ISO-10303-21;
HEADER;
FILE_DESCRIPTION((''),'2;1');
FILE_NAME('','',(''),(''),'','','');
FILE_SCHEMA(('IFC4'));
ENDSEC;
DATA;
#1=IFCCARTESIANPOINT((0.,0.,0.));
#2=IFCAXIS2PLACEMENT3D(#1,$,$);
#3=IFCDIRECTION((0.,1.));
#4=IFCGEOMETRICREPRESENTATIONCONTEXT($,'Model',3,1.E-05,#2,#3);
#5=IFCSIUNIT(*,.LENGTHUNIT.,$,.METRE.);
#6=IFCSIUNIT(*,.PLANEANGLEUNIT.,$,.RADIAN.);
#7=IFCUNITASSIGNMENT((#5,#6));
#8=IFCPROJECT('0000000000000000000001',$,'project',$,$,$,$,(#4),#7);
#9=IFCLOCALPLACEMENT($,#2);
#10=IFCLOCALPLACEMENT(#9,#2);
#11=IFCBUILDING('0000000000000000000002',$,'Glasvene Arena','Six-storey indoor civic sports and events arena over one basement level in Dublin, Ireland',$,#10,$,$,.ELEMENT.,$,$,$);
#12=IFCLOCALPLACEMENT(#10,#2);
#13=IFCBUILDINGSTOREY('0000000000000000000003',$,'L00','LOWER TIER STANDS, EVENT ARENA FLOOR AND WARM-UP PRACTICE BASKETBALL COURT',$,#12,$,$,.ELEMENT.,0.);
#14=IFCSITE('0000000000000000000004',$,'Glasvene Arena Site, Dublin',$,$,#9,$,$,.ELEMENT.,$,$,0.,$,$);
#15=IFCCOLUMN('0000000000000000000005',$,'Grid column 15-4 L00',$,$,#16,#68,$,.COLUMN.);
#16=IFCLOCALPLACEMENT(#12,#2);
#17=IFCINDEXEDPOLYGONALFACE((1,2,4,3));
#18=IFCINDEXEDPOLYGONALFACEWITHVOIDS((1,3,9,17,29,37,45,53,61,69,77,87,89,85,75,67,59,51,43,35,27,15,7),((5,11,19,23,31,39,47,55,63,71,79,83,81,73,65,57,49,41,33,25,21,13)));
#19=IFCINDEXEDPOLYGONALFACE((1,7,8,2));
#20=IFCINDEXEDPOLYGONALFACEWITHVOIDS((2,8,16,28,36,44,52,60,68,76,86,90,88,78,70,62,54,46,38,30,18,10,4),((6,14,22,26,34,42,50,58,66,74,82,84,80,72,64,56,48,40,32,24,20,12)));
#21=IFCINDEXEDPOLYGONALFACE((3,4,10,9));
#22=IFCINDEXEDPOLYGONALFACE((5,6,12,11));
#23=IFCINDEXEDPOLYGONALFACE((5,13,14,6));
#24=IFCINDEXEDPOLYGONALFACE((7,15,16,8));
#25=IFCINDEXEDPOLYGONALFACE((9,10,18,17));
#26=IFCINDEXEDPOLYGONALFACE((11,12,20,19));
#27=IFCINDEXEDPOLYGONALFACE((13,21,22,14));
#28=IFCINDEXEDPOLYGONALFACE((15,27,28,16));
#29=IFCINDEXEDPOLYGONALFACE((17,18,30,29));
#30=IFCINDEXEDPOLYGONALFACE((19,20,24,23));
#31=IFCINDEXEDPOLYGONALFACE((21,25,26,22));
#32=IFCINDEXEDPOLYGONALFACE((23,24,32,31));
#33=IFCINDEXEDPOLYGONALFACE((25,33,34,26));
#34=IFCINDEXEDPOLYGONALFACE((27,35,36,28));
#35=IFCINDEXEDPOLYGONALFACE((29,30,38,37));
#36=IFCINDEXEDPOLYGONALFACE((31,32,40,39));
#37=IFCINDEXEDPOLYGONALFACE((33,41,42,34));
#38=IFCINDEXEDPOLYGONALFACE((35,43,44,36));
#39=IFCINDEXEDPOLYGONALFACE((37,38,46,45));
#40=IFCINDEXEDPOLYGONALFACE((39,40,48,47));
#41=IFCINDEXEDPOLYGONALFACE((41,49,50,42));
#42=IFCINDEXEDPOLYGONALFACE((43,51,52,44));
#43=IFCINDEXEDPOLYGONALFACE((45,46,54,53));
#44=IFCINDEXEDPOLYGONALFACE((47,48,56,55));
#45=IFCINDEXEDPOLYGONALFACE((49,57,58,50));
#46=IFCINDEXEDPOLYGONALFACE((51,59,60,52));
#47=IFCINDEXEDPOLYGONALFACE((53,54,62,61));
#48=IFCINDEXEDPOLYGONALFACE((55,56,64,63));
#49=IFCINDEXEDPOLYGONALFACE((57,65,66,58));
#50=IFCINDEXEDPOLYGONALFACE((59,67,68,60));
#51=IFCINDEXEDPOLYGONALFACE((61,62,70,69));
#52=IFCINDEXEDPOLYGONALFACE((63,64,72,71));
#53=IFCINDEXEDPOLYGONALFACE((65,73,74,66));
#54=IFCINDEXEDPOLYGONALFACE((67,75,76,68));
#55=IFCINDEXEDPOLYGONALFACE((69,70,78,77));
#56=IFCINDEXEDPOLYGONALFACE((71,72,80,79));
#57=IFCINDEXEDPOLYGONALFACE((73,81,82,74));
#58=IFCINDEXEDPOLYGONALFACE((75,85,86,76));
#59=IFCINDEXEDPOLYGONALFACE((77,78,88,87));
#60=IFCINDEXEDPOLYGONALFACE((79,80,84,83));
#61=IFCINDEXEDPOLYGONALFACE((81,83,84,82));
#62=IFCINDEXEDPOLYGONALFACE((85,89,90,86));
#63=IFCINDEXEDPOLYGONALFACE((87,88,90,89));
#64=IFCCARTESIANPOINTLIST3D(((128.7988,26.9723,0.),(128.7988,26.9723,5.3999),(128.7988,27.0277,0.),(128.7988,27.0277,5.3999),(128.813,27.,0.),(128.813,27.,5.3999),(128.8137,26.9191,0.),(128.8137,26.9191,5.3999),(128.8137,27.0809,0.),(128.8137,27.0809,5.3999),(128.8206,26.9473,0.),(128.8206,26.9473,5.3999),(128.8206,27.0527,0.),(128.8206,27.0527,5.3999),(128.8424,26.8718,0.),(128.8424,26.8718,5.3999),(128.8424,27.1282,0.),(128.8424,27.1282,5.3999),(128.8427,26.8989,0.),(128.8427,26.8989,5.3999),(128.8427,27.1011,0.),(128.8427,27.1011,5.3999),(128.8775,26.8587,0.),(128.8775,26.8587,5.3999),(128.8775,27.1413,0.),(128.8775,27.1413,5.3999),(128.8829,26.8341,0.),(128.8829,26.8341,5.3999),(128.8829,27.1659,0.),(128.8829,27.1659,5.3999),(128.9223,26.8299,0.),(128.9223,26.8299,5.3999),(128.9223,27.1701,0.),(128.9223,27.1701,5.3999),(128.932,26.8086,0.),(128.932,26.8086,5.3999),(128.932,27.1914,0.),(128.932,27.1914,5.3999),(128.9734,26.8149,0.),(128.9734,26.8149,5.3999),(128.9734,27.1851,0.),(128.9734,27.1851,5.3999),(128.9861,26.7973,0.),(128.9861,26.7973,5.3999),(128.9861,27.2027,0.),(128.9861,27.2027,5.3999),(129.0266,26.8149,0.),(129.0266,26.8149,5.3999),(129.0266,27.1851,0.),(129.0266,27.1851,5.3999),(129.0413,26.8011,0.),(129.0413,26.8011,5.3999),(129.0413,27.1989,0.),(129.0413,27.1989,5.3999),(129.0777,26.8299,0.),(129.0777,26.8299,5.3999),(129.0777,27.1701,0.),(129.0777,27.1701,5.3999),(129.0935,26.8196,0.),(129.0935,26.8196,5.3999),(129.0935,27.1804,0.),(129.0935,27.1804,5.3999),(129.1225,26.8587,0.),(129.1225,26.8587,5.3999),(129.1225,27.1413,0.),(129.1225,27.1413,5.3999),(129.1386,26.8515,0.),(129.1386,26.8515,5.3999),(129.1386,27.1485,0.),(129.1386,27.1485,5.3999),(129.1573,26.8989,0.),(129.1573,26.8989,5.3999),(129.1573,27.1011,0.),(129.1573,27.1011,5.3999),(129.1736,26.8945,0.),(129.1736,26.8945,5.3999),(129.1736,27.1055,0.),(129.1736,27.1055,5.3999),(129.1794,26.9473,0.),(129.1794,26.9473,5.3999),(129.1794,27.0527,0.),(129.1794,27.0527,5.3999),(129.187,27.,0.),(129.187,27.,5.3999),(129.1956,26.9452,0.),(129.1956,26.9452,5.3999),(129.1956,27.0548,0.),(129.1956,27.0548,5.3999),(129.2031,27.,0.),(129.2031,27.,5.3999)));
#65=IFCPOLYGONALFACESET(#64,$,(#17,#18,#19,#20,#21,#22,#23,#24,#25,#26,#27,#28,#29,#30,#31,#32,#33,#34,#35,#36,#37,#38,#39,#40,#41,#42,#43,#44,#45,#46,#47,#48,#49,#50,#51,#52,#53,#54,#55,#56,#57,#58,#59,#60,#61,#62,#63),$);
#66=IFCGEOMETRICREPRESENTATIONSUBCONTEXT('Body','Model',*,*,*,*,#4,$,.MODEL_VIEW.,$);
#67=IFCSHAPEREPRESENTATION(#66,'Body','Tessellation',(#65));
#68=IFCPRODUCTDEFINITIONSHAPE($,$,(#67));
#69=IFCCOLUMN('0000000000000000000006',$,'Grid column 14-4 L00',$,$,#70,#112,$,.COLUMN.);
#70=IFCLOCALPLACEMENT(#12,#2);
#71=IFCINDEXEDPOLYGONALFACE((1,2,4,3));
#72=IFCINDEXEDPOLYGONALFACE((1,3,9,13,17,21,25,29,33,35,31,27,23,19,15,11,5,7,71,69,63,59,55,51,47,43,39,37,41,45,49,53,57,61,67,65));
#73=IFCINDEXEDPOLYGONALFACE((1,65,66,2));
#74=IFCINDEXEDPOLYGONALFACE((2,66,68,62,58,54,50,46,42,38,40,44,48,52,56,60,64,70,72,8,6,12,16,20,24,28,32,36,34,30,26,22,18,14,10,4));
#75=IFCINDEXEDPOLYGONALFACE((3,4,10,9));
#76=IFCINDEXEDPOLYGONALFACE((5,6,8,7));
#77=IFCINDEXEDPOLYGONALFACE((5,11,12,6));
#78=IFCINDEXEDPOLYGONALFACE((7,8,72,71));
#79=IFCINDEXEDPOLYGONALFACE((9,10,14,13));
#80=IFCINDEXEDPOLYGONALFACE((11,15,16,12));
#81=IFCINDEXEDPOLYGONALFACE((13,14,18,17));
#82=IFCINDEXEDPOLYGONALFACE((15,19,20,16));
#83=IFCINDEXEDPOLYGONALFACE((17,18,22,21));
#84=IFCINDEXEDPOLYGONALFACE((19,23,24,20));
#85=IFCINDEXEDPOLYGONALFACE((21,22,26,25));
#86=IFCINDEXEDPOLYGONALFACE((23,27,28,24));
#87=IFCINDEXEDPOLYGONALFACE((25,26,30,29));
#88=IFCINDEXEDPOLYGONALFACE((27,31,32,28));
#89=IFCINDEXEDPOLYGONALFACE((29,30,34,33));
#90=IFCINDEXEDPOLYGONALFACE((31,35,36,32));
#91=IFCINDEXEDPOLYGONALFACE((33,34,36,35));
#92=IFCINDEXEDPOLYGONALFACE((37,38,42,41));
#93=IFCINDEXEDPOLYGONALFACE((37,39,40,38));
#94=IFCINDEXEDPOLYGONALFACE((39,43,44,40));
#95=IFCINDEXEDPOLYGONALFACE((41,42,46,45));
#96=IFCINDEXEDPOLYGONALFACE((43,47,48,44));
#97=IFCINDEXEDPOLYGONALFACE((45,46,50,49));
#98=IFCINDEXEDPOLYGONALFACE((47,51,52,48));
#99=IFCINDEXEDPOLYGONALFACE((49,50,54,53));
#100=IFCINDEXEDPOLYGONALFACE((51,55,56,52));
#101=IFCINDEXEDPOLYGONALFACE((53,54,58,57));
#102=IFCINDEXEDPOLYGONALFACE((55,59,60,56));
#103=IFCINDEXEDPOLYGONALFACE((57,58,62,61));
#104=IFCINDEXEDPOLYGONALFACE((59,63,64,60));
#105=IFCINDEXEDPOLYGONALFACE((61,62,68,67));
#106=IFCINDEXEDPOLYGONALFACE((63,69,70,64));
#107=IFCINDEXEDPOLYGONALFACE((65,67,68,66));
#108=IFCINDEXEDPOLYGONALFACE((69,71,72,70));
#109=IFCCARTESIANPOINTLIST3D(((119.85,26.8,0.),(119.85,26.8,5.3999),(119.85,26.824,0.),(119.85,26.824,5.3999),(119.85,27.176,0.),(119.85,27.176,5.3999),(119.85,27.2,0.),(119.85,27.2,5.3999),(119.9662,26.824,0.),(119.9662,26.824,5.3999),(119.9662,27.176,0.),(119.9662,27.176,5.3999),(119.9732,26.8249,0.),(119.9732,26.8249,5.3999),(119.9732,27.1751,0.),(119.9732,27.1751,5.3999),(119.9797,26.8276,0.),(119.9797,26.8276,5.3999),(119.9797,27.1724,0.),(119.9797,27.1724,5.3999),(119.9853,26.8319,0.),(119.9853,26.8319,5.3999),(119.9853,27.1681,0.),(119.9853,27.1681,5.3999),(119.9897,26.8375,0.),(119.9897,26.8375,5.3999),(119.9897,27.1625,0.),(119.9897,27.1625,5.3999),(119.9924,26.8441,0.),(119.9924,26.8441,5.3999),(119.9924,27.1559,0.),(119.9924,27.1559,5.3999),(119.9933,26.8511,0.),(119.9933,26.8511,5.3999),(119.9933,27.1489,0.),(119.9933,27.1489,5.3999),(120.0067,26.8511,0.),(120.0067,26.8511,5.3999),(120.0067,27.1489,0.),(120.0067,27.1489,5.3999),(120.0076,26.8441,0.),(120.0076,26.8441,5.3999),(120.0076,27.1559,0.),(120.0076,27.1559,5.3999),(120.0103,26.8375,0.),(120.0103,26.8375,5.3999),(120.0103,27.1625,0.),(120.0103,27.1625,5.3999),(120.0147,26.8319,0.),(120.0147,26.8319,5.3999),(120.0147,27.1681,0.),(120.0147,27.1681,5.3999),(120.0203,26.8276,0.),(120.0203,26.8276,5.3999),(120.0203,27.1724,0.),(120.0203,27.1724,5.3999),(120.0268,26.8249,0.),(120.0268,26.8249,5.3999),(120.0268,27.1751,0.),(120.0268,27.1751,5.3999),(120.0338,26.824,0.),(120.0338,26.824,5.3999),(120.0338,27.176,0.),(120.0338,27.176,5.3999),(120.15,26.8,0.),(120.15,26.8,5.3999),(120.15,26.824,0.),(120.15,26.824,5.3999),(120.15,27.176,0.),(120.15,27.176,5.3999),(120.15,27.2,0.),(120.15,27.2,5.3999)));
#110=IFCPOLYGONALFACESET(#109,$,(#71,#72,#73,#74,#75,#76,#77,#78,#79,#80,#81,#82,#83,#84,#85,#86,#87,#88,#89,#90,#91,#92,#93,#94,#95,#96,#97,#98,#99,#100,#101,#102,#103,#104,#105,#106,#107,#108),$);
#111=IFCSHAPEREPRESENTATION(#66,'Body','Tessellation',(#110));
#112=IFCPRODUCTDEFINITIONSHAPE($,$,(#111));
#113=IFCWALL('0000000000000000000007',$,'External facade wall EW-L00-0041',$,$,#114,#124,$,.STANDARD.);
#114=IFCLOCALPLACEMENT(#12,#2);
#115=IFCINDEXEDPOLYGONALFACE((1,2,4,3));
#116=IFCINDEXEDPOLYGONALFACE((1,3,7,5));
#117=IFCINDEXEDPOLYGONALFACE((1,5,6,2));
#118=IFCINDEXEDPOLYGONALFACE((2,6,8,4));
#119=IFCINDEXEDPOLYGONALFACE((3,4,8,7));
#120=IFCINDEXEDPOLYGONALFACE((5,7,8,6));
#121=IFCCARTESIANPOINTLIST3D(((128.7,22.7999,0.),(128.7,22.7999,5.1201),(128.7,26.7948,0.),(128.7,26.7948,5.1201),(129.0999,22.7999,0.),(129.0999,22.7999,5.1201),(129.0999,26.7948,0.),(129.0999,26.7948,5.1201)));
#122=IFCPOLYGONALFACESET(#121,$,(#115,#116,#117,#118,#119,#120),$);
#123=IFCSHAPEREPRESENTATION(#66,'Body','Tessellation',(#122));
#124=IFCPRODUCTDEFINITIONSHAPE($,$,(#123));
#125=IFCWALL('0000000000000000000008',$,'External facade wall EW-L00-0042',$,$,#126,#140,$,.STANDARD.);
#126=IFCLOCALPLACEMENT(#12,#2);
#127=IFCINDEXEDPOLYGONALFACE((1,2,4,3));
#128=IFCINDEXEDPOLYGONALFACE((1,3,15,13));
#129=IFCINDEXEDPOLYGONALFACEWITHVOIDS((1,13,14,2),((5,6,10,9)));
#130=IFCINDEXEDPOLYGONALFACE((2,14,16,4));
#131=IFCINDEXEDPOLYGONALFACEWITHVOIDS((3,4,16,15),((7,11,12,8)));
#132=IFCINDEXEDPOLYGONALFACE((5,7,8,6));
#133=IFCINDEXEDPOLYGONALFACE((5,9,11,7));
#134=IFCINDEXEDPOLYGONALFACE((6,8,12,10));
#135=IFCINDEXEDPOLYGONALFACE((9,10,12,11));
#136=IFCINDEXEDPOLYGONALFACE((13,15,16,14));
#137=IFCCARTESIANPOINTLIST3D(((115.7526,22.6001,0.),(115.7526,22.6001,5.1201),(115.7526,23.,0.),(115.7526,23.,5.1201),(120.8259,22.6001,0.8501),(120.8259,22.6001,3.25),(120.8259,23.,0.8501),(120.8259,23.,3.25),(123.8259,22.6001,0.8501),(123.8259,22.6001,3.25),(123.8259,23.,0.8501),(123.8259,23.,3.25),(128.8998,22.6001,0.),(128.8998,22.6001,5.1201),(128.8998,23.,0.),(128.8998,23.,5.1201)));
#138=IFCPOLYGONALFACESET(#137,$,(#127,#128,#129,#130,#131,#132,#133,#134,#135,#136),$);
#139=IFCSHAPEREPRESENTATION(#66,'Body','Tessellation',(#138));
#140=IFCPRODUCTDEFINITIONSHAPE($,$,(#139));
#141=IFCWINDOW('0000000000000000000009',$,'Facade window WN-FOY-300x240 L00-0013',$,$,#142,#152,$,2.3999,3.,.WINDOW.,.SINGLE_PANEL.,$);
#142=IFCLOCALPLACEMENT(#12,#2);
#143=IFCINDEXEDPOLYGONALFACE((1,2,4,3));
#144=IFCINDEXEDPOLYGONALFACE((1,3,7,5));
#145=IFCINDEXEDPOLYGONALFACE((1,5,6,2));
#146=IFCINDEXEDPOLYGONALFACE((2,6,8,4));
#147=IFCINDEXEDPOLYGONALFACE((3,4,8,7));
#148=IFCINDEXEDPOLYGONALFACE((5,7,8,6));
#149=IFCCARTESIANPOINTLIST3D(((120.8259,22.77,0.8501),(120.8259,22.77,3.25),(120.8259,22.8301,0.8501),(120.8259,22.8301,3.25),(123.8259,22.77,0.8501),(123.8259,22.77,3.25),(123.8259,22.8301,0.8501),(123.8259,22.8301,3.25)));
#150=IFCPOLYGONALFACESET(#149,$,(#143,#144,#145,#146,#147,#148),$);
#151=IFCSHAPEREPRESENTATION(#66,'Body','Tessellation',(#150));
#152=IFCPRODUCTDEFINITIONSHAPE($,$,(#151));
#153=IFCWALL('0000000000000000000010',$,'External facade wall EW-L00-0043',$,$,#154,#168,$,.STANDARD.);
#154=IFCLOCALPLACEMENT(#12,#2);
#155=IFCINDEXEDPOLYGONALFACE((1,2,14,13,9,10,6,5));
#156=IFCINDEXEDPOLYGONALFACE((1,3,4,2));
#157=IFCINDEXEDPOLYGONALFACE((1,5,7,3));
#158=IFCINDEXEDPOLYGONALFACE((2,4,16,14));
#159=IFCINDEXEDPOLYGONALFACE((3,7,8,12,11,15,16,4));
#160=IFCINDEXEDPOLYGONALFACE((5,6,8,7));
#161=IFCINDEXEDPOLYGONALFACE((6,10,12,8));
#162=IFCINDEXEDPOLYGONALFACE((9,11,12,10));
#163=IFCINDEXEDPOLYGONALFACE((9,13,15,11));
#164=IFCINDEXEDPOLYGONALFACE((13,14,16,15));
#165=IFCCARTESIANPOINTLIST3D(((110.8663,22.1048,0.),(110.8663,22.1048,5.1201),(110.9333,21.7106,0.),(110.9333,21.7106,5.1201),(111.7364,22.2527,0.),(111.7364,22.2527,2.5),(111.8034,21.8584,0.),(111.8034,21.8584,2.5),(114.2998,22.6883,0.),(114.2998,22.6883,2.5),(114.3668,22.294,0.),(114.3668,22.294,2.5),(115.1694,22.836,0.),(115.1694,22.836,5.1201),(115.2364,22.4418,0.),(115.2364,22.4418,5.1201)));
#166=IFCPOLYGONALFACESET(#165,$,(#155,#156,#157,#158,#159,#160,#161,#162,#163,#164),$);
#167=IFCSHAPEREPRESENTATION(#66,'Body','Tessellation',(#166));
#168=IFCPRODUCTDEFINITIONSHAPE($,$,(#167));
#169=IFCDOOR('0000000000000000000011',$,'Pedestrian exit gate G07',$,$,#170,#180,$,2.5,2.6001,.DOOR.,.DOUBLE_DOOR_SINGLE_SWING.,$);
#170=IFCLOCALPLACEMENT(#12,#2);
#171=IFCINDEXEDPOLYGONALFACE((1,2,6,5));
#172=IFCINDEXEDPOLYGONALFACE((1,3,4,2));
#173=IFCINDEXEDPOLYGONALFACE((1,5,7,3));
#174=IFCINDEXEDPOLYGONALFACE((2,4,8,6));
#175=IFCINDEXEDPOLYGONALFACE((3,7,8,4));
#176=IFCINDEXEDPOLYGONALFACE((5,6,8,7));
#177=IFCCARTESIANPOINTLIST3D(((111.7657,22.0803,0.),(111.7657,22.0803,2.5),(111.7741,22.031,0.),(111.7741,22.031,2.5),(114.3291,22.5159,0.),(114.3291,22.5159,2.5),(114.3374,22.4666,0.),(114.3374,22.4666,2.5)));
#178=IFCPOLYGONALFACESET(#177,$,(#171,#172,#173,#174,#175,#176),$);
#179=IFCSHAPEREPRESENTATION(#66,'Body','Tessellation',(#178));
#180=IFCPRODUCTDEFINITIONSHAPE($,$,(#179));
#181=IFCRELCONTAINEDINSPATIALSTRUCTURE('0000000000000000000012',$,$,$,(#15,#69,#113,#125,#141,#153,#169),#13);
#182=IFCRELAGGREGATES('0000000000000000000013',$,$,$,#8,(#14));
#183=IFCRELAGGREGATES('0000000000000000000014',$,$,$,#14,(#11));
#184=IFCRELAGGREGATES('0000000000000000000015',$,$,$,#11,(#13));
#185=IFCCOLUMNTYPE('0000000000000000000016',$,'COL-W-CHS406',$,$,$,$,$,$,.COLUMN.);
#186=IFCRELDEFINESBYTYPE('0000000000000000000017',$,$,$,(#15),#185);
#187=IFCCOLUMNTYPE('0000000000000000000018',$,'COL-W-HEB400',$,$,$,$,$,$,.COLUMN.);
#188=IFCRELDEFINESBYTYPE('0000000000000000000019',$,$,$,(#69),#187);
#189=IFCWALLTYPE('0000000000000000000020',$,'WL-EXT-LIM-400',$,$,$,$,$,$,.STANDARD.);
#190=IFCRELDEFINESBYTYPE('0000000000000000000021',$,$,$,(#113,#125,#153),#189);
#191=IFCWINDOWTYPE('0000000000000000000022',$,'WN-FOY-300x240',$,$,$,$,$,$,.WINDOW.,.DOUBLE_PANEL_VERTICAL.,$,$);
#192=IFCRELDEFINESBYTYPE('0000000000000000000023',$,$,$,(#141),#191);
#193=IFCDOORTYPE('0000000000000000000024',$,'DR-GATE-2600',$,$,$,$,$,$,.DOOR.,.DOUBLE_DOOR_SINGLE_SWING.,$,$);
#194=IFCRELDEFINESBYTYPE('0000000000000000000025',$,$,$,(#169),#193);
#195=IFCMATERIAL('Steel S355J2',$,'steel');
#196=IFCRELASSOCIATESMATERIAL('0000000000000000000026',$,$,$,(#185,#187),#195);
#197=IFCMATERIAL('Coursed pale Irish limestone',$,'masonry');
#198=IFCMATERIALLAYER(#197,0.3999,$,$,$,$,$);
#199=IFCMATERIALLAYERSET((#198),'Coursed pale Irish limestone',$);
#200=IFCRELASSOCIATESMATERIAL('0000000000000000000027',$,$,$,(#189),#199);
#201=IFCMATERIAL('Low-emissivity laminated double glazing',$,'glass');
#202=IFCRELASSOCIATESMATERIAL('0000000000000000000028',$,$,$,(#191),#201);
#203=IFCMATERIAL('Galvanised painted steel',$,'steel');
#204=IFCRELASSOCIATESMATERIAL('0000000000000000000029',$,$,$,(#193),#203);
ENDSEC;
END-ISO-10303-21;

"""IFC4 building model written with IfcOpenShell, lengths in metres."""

from ifc_helpers import new_model, si_unit, direction, frame, frame_2d, origin, origin_2d, place, context, subcontext, project, spatial, rectangle, hollow_circle, i_section, extrude, material, layer, layer_set, material_profile, profile_set, type_object, element, fill, save


model = new_model("IFC4")

# Units and contexts
model_context = context("Model", 3, precision=1e-05, world=origin(), true_north=direction((0.0, 1.0)))
body_context = subcontext(model_context, "Body", "Model", "MODEL_VIEW")
ifc_project = project(units=[si_unit("LENGTHUNIT", "METRE"), si_unit("PLANEANGLEUNIT", "RADIAN")], contexts=[model_context])

# Site, building, storey
site_placement = place(None, origin())
site = spatial("IfcSite", under=ifc_project, at=site_placement, Name="Glasvene Arena Site, Dublin", CompositionType="ELEMENT", RefElevation=0.0)
building_placement = place(site_placement, origin())
building = spatial("IfcBuilding", under=site, at=building_placement, Name="Glasvene Arena", Description="Six-storey indoor civic sports and events arena over one basement level in Dublin, Ireland", CompositionType="ELEMENT")
storey_placement = place(building_placement, origin())
storey = spatial("IfcBuildingStorey", under=building, at=storey_placement, Name="L00", Description="LOWER TIER STANDS, EVENT ARENA FLOOR AND WARM-UP PRACTICE BASKETBALL COURT", CompositionType="ELEMENT", Elevation=0.0)

# Columns
ifc_material_1 = material(Name="Steel S355J2", Category="steel")
ifc_material_profile_1 = material_profile(ifc_material_1, hollow_circle(Radius=0.2031, WallThickness=0.0161, at=origin_2d()), Name="CHS 406.4x16.0")
ifc_profile_set_1 = profile_set([ifc_material_profile_1], Name="Steel S355J2")
column_type_1 = type_object("IfcColumnType", Name="COL-W-CHS406", PredefinedType="COLUMN", material=ifc_profile_set_1)
column_1_placement = place(storey_placement, frame((129.0, 27.0, 0.0), z_axis=(0.0, 0.0, 1.0), x_axis=(1.0, 0.0, 0.0)))
element("IfcColumn", 1, at=column_1_placement, inside=storey, type_object=column_type_1, Name="Grid column 15-4 L00", PredefinedType="COLUMN", context=body_context, shape_type="SweptSolid", body=[
    extrude(hollow_circle(Radius=0.2031, WallThickness=0.0161, at=origin_2d()), origin(), (0.0, 0.0, 1.0), 5.3999),
])
ifc_material_profile_2 = material_profile(ifc_material_1, i_section(OverallWidth=0.3, OverallDepth=0.3999, WebThickness=0.0134, FlangeThickness=0.0239, FilletRadius=0.0271, at=origin_2d()), Name="HEB 400")
ifc_profile_set_2 = profile_set([ifc_material_profile_2], Name="Steel S355J2")
column_type_2 = type_object("IfcColumnType", Name="COL-W-HEB400", PredefinedType="COLUMN", material=ifc_profile_set_2)
column_2_placement = place(storey_placement, frame((120.0, 27.0, 0.0), z_axis=(0.0, 0.0, 1.0), x_axis=(1.0, 0.0, 0.0)))
element("IfcColumn", 2, at=column_2_placement, inside=storey, type_object=column_type_2, Name="Grid column 14-4 L00", PredefinedType="COLUMN", context=body_context, shape_type="SweptSolid", body=[
    extrude(i_section(OverallWidth=0.3, OverallDepth=0.3999, WebThickness=0.0134, FlangeThickness=0.0239, FilletRadius=0.0271, at=origin_2d()), origin(), (0.0, 0.0, 1.0), 5.3999),
])

# Wall
ifc_material_2 = material(Name="Coursed pale Irish limestone", Category="masonry")
ifc_layer_1 = layer(ifc_material_2, 0.3999)
ifc_layer_set_1 = layer_set([ifc_layer_1], Name="Coursed pale Irish limestone")
wall_type_1 = type_object("IfcWallType", Name="WL-EXT-LIM-400", PredefinedType="STANDARD", material=ifc_layer_set_1)
wall_1_placement = place(storey_placement, frame((128.8999, 26.7949, 0.0), z_axis=(0.0, 0.0, 1.0), x_axis=(0.0, -1.0, 0.0)))
element("IfcWall", 3, at=wall_1_placement, inside=storey, type_object=wall_type_1, Name="External facade wall EW-L00-0041", PredefinedType="STANDARD", context=body_context, shape_type="SweptSolid", body=[
    extrude(rectangle(XDim=3.9949, YDim=0.3999, at=frame_2d((1.9976, 0.0))), origin(), (0.0, 0.0, 1.0), 5.1201),
])

# Wall, opening, window
wall_2_placement = place(storey_placement, frame((128.8999, 22.8, 0.0), z_axis=(0.0, 0.0, 1.0), x_axis=(-1.0, 0.0, 0.0)))
wall_2 = element("IfcWall", 4, at=wall_2_placement, inside=storey, type_object=wall_type_1, Name="External facade wall EW-L00-0042", PredefinedType="STANDARD", context=body_context, shape_type="SweptSolid", body=[
    extrude(rectangle(XDim=13.1472, YDim=0.3999, at=frame_2d((6.5737, 0.0))), origin(), (0.0, 0.0, 1.0), 5.1201),
])
opening_1_placement = place(wall_2_placement, frame((5.074, 0.0, 0.8501)))
opening_1 = element("IfcOpeningElement", 5, at=opening_1_placement, cuts=wall_2, PredefinedType="OPENING", context=body_context, shape_type="SweptSolid", body=[
    extrude(rectangle(XDim=3.0, YDim=2.3999, at=frame_2d((1.5, 1.2))), frame((0.0, 0.21, 0.0), z_axis=(0.0, -1.0, 0.0), x_axis=(1.0, 0.0, 0.0)), (0.0, 0.0, 1.0), 0.4199),
])
ifc_material_3 = material(Name="Low-emissivity laminated double glazing", Category="glass")
window_type = type_object("IfcWindowType", Name="WN-FOY-300x240", PartitioningType="DOUBLE_PANEL_VERTICAL", PredefinedType="WINDOW", material=ifc_material_3)
window_placement = place(opening_1_placement, origin())
window = element("IfcWindow", 6, at=window_placement, inside=storey, type_object=window_type, Name="Facade window WN-FOY-300x240 L00-0013", OverallHeight=2.3999, OverallWidth=3.0, PartitioningType="SINGLE_PANEL", PredefinedType="WINDOW", context=body_context, shape_type="SweptSolid", body=[
    extrude(rectangle(XDim=3.0, YDim=2.3999, at=frame_2d((1.5, 1.2))), frame((0.0, 0.03, 0.0), z_axis=(0.0, -1.0, 0.0), x_axis=(1.0, 0.0, 0.0)), (0.0, 0.0, 1.0), 0.0601),
])
fill(opening_1, window)

# Wall, opening, door
wall_3_placement = place(storey_placement, frame((115.2029, 22.6389, 0.0), z_axis=(0.0, 0.0, 1.0), x_axis=(-0.985867, -0.167528, 0.0)))
wall_3 = element("IfcWall", 7, at=wall_3_placement, inside=storey, type_object=wall_type_1, Name="External facade wall EW-L00-0043", PredefinedType="STANDARD", context=body_context, shape_type="SweptSolid", body=[
    extrude(rectangle(XDim=4.3647, YDim=0.3999, at=frame_2d((2.1824, 0.0))), origin(), (0.0, 0.0, 1.0), 5.1201),
])
opening_2_placement = place(wall_3_placement, frame((0.8821, 0.0, 0.0)))
opening_2 = element("IfcOpeningElement", 8, at=opening_2_placement, cuts=wall_3, PredefinedType="OPENING", context=body_context, shape_type="SweptSolid", body=[
    extrude(rectangle(XDim=2.6001, YDim=2.5, at=frame_2d((1.3, 1.25))), frame((0.0, 0.21, 0.0), z_axis=(0.0, -1.0, 0.0), x_axis=(1.0, 0.0, 0.0)), (0.0, 0.0, 1.0), 0.4199),
])
ifc_material_4 = material(Name="Galvanised painted steel", Category="steel")
door_type_1 = type_object("IfcDoorType", Name="DR-GATE-2600", OperationType="DOUBLE_DOOR_SINGLE_SWING", PredefinedType="DOOR", material=ifc_material_4)
door_1_placement = place(opening_2_placement, origin())
door_1 = element("IfcDoor", 9, at=door_1_placement, inside=storey, type_object=door_type_1, Name="Pedestrian exit gate G07", OperationType="DOUBLE_DOOR_SINGLE_SWING", OverallHeight=2.5, OverallWidth=2.6001, PredefinedType="DOOR", context=body_context, shape_type="SweptSolid", body=[
    extrude(rectangle(XDim=2.6001, YDim=2.5, at=frame_2d((1.3, 1.25))), frame((0.0, 0.0249, 0.0), z_axis=(0.0, -1.0, 0.0), x_axis=(1.0, 0.0, 0.0)), (0.0, 0.0, 1.0), 0.05),
])
fill(opening_2, door_1)

save(model, "model.ifc")
